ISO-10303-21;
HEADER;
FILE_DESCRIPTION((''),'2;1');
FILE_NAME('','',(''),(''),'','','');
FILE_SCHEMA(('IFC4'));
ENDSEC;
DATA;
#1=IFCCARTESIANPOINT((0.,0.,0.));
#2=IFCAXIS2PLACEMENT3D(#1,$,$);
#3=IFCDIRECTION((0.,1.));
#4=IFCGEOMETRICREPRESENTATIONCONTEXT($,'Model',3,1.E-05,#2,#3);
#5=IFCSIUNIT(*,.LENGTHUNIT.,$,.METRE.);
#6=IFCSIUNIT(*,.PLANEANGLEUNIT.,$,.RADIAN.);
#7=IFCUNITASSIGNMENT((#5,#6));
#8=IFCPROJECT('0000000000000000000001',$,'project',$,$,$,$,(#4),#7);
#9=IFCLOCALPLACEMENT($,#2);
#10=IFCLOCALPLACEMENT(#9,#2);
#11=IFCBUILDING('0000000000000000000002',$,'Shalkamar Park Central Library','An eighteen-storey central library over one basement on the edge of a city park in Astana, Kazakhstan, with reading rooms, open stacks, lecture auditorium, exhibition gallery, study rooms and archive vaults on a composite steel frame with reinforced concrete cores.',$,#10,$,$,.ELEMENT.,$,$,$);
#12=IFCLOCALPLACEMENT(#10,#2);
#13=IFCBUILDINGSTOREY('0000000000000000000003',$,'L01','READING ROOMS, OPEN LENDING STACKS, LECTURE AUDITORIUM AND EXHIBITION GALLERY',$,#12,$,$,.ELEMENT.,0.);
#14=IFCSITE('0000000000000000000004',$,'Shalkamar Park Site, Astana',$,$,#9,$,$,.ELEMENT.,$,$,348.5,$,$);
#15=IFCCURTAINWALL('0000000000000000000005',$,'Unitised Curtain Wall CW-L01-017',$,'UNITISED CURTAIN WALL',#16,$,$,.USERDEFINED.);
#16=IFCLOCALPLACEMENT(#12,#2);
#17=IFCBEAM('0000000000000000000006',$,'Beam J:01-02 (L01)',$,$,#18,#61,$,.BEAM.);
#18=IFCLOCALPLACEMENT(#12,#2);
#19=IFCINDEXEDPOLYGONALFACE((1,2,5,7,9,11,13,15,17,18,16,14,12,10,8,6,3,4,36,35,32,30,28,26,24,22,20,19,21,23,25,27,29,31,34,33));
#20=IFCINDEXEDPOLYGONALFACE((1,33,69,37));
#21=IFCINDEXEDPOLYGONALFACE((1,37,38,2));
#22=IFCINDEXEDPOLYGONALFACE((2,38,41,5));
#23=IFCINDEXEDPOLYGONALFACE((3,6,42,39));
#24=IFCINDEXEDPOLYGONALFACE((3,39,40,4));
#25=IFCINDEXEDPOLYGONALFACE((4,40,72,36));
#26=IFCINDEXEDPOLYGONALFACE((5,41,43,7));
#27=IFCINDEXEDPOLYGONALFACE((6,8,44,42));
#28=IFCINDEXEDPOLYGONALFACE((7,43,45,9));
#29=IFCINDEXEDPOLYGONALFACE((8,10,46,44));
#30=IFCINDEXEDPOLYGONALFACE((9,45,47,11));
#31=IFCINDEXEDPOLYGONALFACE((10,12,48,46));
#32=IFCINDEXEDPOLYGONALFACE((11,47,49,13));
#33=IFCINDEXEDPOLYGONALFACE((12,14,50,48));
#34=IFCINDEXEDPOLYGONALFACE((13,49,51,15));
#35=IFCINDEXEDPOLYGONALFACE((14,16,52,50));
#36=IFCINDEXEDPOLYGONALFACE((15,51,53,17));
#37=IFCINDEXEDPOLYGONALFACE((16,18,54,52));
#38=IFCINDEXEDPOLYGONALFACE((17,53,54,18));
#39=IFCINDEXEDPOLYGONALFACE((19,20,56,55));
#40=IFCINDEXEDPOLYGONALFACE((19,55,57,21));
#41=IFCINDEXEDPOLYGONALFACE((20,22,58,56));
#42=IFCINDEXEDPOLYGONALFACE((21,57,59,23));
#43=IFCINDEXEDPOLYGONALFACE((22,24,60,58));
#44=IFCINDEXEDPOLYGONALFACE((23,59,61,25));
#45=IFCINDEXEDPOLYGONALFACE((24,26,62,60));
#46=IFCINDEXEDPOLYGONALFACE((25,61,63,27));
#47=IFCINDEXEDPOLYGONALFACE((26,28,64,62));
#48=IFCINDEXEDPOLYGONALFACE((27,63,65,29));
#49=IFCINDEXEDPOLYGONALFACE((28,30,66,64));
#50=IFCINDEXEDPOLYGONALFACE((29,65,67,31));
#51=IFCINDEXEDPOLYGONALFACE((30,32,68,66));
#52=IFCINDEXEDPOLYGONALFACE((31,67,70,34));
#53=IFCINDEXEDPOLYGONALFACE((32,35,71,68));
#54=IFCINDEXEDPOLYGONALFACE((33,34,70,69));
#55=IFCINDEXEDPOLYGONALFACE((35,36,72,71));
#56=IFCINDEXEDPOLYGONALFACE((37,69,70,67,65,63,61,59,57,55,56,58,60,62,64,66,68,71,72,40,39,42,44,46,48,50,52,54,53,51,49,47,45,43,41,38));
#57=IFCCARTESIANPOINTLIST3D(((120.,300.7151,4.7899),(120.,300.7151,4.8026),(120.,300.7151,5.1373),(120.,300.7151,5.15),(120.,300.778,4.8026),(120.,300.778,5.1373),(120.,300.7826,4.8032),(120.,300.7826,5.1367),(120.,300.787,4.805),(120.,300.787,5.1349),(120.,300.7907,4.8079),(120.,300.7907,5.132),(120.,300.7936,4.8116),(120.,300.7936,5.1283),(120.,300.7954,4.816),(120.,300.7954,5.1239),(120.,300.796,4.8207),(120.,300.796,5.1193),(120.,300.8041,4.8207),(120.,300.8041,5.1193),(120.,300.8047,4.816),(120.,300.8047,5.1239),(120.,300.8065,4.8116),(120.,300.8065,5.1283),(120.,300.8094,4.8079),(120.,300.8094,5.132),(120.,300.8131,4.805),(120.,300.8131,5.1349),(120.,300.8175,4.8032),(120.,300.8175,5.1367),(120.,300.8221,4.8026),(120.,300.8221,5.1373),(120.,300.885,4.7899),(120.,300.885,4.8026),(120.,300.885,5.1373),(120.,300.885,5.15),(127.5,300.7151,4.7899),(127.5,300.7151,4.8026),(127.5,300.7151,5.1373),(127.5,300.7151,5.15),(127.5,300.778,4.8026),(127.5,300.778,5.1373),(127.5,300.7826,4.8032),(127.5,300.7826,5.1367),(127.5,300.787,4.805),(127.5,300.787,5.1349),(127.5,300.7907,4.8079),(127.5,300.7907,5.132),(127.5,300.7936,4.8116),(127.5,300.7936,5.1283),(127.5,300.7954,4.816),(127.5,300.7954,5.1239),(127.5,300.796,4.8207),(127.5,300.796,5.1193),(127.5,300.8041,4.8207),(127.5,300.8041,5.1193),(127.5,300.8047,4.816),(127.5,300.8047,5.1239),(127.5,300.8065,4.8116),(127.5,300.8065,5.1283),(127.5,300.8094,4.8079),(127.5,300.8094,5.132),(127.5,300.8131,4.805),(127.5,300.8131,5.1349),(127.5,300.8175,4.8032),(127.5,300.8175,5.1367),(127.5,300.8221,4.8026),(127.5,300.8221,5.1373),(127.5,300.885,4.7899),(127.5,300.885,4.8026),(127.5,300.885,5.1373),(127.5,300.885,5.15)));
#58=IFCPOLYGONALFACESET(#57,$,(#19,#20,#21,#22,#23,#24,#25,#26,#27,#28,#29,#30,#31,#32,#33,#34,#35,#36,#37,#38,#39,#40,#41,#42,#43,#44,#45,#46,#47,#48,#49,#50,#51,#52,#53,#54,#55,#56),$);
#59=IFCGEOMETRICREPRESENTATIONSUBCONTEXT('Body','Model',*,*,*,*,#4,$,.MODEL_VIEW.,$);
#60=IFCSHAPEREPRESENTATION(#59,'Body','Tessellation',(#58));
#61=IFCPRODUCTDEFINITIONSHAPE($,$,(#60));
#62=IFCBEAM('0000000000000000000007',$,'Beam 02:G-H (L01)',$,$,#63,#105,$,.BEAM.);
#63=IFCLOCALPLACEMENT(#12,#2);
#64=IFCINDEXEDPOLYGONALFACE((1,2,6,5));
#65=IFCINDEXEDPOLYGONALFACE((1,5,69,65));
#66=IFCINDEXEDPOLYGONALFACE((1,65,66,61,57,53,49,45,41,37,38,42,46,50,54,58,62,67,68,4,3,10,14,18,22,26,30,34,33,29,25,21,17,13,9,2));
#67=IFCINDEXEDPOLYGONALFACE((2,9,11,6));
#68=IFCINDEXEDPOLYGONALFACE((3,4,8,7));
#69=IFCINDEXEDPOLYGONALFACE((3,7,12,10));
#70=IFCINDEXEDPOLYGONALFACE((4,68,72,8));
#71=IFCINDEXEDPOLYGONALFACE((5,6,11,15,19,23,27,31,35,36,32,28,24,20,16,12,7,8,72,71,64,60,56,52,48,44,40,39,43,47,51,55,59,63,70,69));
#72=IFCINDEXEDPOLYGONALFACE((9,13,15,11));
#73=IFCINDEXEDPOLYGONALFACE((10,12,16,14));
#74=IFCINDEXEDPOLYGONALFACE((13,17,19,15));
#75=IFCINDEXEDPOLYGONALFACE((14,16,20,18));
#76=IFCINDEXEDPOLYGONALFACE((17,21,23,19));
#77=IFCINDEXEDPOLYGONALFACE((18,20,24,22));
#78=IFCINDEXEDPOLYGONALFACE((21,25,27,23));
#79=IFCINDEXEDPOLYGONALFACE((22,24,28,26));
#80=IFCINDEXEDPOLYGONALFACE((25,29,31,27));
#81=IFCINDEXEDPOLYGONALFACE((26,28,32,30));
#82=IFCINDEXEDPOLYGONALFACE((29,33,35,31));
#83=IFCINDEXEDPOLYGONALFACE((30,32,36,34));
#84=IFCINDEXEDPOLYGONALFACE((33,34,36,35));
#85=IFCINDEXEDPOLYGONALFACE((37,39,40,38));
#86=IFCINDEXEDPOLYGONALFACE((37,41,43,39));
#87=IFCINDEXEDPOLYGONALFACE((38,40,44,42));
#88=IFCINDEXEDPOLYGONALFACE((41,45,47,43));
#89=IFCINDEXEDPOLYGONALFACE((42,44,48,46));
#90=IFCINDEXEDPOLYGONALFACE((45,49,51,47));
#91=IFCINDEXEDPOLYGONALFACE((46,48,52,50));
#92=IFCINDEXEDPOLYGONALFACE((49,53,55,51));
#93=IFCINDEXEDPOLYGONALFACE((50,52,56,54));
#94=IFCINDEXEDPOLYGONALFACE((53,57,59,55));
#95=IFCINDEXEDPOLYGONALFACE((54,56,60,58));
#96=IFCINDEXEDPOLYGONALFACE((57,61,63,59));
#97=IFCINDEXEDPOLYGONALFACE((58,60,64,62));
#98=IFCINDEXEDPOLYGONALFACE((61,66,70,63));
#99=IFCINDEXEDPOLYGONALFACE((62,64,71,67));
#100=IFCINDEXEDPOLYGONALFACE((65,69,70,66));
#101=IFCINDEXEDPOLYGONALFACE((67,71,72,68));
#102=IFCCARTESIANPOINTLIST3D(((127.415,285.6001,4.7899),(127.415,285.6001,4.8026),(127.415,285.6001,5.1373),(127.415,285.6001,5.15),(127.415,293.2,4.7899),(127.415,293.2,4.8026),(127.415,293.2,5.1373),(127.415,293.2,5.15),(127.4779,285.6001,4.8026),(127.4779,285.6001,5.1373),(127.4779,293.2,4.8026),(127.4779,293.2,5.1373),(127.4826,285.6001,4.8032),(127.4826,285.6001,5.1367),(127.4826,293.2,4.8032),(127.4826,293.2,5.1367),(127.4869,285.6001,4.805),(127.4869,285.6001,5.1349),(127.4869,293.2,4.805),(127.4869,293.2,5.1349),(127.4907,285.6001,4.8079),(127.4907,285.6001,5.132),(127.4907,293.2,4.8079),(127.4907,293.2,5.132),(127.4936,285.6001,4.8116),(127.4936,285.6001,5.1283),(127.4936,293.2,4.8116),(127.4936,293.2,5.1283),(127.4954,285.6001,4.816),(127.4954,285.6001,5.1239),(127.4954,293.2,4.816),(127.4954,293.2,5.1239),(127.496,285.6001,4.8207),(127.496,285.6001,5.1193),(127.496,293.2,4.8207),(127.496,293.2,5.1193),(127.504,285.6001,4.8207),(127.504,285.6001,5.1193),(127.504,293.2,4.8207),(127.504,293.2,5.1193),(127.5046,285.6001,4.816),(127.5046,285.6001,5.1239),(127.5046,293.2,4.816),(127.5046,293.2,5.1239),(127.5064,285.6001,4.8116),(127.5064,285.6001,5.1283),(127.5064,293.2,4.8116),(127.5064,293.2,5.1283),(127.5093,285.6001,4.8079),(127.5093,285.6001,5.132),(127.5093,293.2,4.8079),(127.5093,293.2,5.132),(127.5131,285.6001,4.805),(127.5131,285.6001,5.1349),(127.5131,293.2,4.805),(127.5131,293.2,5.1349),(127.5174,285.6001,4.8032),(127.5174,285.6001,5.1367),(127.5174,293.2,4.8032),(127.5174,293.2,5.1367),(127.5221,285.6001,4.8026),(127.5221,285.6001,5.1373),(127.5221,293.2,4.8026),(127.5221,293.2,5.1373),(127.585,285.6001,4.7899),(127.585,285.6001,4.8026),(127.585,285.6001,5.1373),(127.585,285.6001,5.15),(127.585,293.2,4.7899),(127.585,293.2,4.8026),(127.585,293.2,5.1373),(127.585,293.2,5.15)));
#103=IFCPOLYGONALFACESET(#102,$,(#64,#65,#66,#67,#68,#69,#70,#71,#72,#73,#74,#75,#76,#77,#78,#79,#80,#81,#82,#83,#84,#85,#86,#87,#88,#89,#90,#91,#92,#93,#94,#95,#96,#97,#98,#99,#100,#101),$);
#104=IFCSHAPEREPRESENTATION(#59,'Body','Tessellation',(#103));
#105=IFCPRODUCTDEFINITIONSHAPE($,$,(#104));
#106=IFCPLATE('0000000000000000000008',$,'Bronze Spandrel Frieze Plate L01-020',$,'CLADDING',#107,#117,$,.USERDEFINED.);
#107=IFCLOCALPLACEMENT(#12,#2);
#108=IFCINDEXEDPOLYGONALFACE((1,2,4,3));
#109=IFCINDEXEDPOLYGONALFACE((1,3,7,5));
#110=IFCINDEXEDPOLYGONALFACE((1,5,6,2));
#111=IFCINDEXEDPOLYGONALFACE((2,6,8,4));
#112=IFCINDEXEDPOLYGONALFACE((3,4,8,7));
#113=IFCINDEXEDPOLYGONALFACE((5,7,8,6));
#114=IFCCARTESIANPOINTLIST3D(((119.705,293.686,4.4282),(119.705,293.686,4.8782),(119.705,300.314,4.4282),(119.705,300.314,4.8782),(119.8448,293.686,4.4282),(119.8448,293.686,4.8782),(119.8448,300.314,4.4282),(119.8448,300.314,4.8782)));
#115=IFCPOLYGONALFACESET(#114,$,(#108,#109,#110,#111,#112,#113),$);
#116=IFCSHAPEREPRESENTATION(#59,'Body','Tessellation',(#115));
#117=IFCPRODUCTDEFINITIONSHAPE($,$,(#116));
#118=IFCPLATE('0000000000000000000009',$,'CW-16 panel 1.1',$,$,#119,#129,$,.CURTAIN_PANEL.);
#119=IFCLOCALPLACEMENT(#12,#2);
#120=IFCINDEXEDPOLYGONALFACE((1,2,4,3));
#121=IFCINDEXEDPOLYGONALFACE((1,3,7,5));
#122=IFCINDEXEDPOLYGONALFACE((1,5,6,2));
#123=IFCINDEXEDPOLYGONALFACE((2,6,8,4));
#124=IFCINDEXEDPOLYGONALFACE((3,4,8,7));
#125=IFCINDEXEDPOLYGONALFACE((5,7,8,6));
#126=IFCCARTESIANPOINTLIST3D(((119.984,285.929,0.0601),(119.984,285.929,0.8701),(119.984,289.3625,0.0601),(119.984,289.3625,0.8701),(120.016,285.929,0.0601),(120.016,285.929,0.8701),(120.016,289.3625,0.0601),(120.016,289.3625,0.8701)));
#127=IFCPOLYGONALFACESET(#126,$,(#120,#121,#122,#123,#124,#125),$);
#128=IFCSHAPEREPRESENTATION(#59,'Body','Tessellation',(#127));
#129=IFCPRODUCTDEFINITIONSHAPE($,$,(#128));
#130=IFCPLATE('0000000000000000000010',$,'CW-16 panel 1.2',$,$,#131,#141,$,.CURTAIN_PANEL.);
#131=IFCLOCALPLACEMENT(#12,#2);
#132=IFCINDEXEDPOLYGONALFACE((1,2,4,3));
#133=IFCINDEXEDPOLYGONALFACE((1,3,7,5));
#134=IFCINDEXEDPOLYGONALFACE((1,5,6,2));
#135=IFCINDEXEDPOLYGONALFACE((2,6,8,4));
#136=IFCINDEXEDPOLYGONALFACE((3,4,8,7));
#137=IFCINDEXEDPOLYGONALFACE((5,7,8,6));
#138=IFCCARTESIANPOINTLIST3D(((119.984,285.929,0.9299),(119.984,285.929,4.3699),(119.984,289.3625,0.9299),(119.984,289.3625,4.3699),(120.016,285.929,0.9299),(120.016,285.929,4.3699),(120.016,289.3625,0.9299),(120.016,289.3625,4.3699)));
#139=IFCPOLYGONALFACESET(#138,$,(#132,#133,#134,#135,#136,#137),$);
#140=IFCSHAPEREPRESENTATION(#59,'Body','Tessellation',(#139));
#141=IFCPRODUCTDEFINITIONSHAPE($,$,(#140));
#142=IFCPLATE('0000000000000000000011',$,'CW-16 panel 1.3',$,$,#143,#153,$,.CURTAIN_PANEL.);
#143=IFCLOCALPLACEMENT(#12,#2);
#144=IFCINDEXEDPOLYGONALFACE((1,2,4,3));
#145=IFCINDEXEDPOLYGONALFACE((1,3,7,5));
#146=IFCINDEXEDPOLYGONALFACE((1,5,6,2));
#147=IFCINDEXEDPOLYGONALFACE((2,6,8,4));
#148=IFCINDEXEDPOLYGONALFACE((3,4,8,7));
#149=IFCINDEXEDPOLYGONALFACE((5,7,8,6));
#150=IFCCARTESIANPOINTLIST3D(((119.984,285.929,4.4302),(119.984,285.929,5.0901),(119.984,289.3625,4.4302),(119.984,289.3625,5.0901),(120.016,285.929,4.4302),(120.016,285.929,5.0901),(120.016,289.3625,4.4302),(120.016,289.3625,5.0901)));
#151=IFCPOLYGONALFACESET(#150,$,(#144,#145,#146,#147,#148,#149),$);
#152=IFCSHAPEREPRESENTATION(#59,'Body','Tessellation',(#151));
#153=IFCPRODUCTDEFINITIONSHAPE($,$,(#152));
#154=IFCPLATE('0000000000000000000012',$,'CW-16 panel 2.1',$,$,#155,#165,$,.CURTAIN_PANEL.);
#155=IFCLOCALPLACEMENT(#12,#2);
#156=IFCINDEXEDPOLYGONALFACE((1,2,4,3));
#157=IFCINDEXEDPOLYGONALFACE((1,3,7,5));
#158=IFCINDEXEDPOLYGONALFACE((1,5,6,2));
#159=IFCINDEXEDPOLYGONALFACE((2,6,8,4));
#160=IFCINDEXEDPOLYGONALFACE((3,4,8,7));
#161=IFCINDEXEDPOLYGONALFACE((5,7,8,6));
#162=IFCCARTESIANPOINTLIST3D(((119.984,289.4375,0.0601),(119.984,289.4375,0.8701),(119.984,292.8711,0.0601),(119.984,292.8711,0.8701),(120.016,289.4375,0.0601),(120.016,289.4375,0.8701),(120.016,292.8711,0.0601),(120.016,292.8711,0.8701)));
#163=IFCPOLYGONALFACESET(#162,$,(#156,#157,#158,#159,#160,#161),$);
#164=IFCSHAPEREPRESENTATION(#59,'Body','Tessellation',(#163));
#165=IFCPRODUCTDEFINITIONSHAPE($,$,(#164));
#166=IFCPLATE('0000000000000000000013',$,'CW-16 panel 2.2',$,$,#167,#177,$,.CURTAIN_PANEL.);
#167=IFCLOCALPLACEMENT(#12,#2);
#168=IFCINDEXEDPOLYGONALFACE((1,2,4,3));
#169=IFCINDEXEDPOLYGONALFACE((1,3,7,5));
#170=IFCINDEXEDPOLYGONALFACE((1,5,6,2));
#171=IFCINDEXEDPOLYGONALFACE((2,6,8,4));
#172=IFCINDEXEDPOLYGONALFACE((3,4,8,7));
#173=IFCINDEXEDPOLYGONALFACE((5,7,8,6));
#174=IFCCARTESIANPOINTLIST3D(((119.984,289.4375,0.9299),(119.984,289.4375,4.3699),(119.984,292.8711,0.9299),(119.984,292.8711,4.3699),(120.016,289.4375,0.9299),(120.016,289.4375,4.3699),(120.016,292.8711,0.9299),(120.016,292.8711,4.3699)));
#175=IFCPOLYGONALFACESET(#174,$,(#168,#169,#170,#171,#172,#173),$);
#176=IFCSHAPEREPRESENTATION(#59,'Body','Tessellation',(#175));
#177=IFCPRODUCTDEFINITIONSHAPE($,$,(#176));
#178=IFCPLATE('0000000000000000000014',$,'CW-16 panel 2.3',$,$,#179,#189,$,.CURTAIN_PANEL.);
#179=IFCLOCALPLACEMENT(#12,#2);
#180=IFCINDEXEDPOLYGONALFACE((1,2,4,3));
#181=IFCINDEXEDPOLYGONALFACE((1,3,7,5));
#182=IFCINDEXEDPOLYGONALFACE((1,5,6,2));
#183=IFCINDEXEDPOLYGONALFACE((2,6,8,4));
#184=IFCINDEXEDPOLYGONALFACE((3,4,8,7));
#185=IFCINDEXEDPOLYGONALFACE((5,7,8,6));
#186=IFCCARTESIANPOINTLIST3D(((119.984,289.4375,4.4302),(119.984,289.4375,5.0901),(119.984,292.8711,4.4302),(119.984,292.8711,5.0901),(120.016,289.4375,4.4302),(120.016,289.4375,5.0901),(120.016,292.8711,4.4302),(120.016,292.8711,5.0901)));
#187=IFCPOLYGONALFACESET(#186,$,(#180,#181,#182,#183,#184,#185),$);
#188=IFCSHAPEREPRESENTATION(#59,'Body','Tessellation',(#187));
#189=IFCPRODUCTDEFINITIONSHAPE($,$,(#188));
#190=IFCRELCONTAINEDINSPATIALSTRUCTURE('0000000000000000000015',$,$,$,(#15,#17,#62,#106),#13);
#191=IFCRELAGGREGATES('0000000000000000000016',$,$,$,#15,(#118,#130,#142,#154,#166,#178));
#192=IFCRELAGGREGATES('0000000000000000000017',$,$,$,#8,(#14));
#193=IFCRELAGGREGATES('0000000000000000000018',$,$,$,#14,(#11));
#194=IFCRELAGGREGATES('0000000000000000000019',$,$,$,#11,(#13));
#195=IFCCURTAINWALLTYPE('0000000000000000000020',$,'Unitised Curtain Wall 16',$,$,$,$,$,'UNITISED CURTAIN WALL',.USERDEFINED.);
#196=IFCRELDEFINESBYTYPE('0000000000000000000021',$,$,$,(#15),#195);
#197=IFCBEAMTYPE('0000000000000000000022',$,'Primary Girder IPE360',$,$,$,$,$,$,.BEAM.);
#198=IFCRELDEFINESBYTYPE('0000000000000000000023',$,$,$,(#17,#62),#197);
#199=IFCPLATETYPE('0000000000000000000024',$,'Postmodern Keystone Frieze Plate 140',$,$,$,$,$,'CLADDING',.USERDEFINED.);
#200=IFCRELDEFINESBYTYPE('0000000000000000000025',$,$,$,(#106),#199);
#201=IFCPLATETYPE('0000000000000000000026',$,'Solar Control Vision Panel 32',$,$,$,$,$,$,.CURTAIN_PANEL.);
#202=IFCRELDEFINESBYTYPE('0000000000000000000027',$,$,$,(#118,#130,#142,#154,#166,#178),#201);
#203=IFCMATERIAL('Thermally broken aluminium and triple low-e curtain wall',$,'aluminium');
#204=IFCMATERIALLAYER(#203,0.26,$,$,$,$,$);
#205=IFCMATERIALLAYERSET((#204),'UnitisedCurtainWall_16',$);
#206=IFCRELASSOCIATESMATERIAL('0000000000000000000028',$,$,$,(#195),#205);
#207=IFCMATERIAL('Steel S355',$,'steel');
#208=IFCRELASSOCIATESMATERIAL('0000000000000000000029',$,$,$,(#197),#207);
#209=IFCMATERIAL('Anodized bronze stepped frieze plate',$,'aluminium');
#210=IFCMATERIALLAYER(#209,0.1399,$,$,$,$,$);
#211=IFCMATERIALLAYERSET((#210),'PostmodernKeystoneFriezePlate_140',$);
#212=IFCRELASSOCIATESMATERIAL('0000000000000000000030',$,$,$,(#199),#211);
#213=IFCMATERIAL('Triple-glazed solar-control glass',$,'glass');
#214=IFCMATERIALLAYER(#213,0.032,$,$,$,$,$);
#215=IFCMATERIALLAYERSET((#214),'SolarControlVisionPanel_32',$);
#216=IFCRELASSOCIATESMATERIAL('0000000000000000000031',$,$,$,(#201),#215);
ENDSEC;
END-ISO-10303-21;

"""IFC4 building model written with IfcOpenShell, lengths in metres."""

from ifc_helpers import new_model, si_unit, direction, frame, origin, origin_2d, place, context, subcontext, project, spatial, rectangle, i_section, extrude, material, layer, layer_set, material_profile, profile_set, type_object, element, aggregate, save


model = new_model("IFC4")

# Units and contexts
model_context = context("Model", 3, precision=1e-05, world=origin(), true_north=direction((0.0, 1.0)))
body_context = subcontext(model_context, "Body", "Model", "MODEL_VIEW")
ifc_project = project(units=[si_unit("LENGTHUNIT", "METRE"), si_unit("PLANEANGLEUNIT", "RADIAN")], contexts=[model_context])

# Site, building, storey
site_placement = place(None, origin())
site = spatial("IfcSite", under=ifc_project, at=site_placement, Name="Shalkamar Park Site, Astana", CompositionType="ELEMENT", RefElevation=348.5)
building_placement = place(site_placement, origin())
building = spatial("IfcBuilding", under=site, at=building_placement, Name="Shalkamar Park Central Library", Description="An eighteen-storey central library over one basement on the edge of a city park in Astana, Kazakhstan, with reading rooms, open stacks, lecture auditorium, exhibition gallery, study rooms and archive vaults on a composite steel frame with reinforced concrete cores.", CompositionType="ELEMENT")
storey_placement = place(building_placement, origin())
storey = spatial("IfcBuildingStorey", under=building, at=storey_placement, Name="L01", Description="READING ROOMS, OPEN LENDING STACKS, LECTURE AUDITORIUM AND EXHIBITION GALLERY", CompositionType="ELEMENT", Elevation=0.0)

# Shared definitions
ifc_material_1 = material(Name="Steel S355", Category="steel")

# Curtain wall
ifc_material_2 = material(Name="Thermally broken aluminium and triple low-e curtain wall", Category="aluminium")
ifc_layer_1 = layer(ifc_material_2, 0.26)
ifc_layer_set_1 = layer_set([ifc_layer_1], Name="UnitisedCurtainWall_16")
curtain_wall_type = type_object("IfcCurtainWallType", Name="Unitised Curtain Wall 16", ElementType="UNITISED CURTAIN WALL", PredefinedType="USERDEFINED", material=ifc_layer_set_1)
curtain_wall_placement = place(storey_placement, origin())
curtain_wall = element("IfcCurtainWall", 1, at=curtain_wall_placement, inside=storey, type_object=curtain_wall_type, Name="Unitised Curtain Wall CW-L01-017", ObjectType="UNITISED CURTAIN WALL", PredefinedType="USERDEFINED")

# Beams
ifc_material_profile_1 = material_profile(ifc_material_1, i_section(OverallWidth=0.1699, OverallDepth=0.3601, WebThickness=0.0081, FlangeThickness=0.0127, FilletRadius=0.0181, at=origin_2d()), Name="IPE 360")
ifc_profile_set_1 = profile_set([ifc_material_profile_1], Name="Steel S355")
beam_type_1 = type_object("IfcBeamType", Name="Primary Girder IPE360", PredefinedType="BEAM", material=ifc_profile_set_1)
for number, where, z_axis, x_axis, name in (
    (2, (120.0, 300.8, 4.97), (1.0, 0.0, 0.0), (0.0, 1.0, 0.0), "Beam J:01-02 (L01)"),
):
    element("IfcBeam", number, at=place(storey_placement, frame(where, z_axis=z_axis, x_axis=x_axis)), inside=storey, type_object=beam_type_1, Name=name, PredefinedType="BEAM", context=body_context, shape_type="SweptSolid", body=[
        extrude(i_section(OverallWidth=0.1699, OverallDepth=0.3601, WebThickness=0.0081, FlangeThickness=0.0127, FilletRadius=0.0181, at=origin_2d()), origin(), (0.0, 0.0, 1.0), 7.5),
    ])
beam_1_placement = place(storey_placement, frame((127.5, 285.6001, 4.97), z_axis=(0.0, 1.0, 0.0), x_axis=(-1.0, 0.0, 0.0)))
element("IfcBeam", 3, at=beam_1_placement, inside=storey, type_object=beam_type_1, Name="Beam 02:G-H (L01)", PredefinedType="BEAM", context=body_context, shape_type="SweptSolid", body=[
    extrude(i_section(OverallWidth=0.1699, OverallDepth=0.3601, WebThickness=0.0081, FlangeThickness=0.0127, FilletRadius=0.0181, at=origin_2d()), origin(), (0.0, 0.0, 1.0), 7.5999),
])

# Plates
ifc_material_3 = material(Name="Anodized bronze stepped frieze plate", Category="aluminium")
ifc_layer_2 = layer(ifc_material_3, 0.1399)
ifc_layer_set_2 = layer_set([ifc_layer_2], Name="PostmodernKeystoneFriezePlate_140")
plate_type_1 = type_object("IfcPlateType", Name="Postmodern Keystone Frieze Plate 140", ElementType="CLADDING", PredefinedType="USERDEFINED", material=ifc_layer_set_2)
plate_1_placement = place(storey_placement, frame((119.7749, 297.0, 4.4282), z_axis=(0.0, 0.0, 1.0), x_axis=(1.0, 0.0, 0.0)))
element("IfcPlate", 4, at=plate_1_placement, inside=storey, type_object=plate_type_1, Name="Bronze Spandrel Frieze Plate L01-020", ObjectType="CLADDING", PredefinedType="USERDEFINED", context=body_context, shape_type="SweptSolid", body=[
    extrude(rectangle(XDim=0.1399, YDim=6.6279, at=origin_2d()), origin(), (0.0, 0.0, 1.0), 0.45),
])
ifc_material_4 = material(Name="Triple-glazed solar-control glass", Category="glass")
ifc_layer_3 = layer(ifc_material_4, 0.032)
ifc_layer_set_3 = layer_set([ifc_layer_3], Name="SolarControlVisionPanel_32")
plate_type_2 = type_object("IfcPlateType", Name="Solar Control Vision Panel 32", PredefinedType="CURTAIN_PANEL", material=ifc_layer_set_3)
plate_2_placement = place(storey_placement, frame((120.0, 287.6458, 0.0601), z_axis=(0.0, 0.0, 1.0), x_axis=(0.0, 1.0, 0.0)))
plate_2 = element("IfcPlate", 5, at=plate_2_placement, type_object=plate_type_2, Name="CW-16 panel 1.1", PredefinedType="CURTAIN_PANEL", context=body_context, shape_type="SweptSolid", body=[
    extrude(rectangle(XDim=3.4336, YDim=0.032, at=origin_2d()), origin(), (0.0, 0.0, 1.0), 0.8101),
])
plate_3_placement = place(storey_placement, frame((120.0, 287.6458, 0.9299), z_axis=(0.0, 0.0, 1.0), x_axis=(0.0, 1.0, 0.0)))
plate_3 = element("IfcPlate", 6, at=plate_3_placement, type_object=plate_type_2, Name="CW-16 panel 1.2", PredefinedType="CURTAIN_PANEL", context=body_context, shape_type="SweptSolid", body=[
    extrude(rectangle(XDim=3.4336, YDim=0.032, at=origin_2d()), origin(), (0.0, 0.0, 1.0), 3.4399),
])
plate_4_placement = place(storey_placement, frame((120.0, 287.6458, 4.4302), z_axis=(0.0, 0.0, 1.0), x_axis=(0.0, 1.0, 0.0)))
plate_4 = element("IfcPlate", 7, at=plate_4_placement, type_object=plate_type_2, Name="CW-16 panel 1.3", PredefinedType="CURTAIN_PANEL", context=body_context, shape_type="SweptSolid", body=[
    extrude(rectangle(XDim=3.4336, YDim=0.032, at=origin_2d()), origin(), (0.0, 0.0, 1.0), 0.6599),
])
plate_5_placement = place(storey_placement, frame((120.0, 291.1543, 0.0601), z_axis=(0.0, 0.0, 1.0), x_axis=(0.0, 1.0, 0.0)))
plate_5 = element("IfcPlate", 8, at=plate_5_placement, type_object=plate_type_2, Name="CW-16 panel 2.1", PredefinedType="CURTAIN_PANEL", context=body_context, shape_type="SweptSolid", body=[
    extrude(rectangle(XDim=3.4336, YDim=0.032, at=origin_2d()), origin(), (0.0, 0.0, 1.0), 0.8101),
])
plate_6_placement = place(storey_placement, frame((120.0, 291.1543, 0.9299), z_axis=(0.0, 0.0, 1.0), x_axis=(0.0, 1.0, 0.0)))
plate_6 = element("IfcPlate", 9, at=plate_6_placement, type_object=plate_type_2, Name="CW-16 panel 2.2", PredefinedType="CURTAIN_PANEL", context=body_context, shape_type="SweptSolid", body=[
    extrude(rectangle(XDim=3.4336, YDim=0.032, at=origin_2d()), origin(), (0.0, 0.0, 1.0), 3.4399),
])
plate_7_placement = place(storey_placement, frame((120.0, 291.1543, 4.4302), z_axis=(0.0, 0.0, 1.0), x_axis=(0.0, 1.0, 0.0)))
plate_7 = element("IfcPlate", 10, at=plate_7_placement, type_object=plate_type_2, Name="CW-16 panel 2.3", PredefinedType="CURTAIN_PANEL", context=body_context, shape_type="SweptSolid", body=[
    extrude(rectangle(XDim=3.4336, YDim=0.032, at=origin_2d()), origin(), (0.0, 0.0, 1.0), 0.6599),
])
aggregate(curtain_wall, [plate_2, plate_3, plate_4, plate_5, plate_6, plate_7])

save(model, "model.ifc")
